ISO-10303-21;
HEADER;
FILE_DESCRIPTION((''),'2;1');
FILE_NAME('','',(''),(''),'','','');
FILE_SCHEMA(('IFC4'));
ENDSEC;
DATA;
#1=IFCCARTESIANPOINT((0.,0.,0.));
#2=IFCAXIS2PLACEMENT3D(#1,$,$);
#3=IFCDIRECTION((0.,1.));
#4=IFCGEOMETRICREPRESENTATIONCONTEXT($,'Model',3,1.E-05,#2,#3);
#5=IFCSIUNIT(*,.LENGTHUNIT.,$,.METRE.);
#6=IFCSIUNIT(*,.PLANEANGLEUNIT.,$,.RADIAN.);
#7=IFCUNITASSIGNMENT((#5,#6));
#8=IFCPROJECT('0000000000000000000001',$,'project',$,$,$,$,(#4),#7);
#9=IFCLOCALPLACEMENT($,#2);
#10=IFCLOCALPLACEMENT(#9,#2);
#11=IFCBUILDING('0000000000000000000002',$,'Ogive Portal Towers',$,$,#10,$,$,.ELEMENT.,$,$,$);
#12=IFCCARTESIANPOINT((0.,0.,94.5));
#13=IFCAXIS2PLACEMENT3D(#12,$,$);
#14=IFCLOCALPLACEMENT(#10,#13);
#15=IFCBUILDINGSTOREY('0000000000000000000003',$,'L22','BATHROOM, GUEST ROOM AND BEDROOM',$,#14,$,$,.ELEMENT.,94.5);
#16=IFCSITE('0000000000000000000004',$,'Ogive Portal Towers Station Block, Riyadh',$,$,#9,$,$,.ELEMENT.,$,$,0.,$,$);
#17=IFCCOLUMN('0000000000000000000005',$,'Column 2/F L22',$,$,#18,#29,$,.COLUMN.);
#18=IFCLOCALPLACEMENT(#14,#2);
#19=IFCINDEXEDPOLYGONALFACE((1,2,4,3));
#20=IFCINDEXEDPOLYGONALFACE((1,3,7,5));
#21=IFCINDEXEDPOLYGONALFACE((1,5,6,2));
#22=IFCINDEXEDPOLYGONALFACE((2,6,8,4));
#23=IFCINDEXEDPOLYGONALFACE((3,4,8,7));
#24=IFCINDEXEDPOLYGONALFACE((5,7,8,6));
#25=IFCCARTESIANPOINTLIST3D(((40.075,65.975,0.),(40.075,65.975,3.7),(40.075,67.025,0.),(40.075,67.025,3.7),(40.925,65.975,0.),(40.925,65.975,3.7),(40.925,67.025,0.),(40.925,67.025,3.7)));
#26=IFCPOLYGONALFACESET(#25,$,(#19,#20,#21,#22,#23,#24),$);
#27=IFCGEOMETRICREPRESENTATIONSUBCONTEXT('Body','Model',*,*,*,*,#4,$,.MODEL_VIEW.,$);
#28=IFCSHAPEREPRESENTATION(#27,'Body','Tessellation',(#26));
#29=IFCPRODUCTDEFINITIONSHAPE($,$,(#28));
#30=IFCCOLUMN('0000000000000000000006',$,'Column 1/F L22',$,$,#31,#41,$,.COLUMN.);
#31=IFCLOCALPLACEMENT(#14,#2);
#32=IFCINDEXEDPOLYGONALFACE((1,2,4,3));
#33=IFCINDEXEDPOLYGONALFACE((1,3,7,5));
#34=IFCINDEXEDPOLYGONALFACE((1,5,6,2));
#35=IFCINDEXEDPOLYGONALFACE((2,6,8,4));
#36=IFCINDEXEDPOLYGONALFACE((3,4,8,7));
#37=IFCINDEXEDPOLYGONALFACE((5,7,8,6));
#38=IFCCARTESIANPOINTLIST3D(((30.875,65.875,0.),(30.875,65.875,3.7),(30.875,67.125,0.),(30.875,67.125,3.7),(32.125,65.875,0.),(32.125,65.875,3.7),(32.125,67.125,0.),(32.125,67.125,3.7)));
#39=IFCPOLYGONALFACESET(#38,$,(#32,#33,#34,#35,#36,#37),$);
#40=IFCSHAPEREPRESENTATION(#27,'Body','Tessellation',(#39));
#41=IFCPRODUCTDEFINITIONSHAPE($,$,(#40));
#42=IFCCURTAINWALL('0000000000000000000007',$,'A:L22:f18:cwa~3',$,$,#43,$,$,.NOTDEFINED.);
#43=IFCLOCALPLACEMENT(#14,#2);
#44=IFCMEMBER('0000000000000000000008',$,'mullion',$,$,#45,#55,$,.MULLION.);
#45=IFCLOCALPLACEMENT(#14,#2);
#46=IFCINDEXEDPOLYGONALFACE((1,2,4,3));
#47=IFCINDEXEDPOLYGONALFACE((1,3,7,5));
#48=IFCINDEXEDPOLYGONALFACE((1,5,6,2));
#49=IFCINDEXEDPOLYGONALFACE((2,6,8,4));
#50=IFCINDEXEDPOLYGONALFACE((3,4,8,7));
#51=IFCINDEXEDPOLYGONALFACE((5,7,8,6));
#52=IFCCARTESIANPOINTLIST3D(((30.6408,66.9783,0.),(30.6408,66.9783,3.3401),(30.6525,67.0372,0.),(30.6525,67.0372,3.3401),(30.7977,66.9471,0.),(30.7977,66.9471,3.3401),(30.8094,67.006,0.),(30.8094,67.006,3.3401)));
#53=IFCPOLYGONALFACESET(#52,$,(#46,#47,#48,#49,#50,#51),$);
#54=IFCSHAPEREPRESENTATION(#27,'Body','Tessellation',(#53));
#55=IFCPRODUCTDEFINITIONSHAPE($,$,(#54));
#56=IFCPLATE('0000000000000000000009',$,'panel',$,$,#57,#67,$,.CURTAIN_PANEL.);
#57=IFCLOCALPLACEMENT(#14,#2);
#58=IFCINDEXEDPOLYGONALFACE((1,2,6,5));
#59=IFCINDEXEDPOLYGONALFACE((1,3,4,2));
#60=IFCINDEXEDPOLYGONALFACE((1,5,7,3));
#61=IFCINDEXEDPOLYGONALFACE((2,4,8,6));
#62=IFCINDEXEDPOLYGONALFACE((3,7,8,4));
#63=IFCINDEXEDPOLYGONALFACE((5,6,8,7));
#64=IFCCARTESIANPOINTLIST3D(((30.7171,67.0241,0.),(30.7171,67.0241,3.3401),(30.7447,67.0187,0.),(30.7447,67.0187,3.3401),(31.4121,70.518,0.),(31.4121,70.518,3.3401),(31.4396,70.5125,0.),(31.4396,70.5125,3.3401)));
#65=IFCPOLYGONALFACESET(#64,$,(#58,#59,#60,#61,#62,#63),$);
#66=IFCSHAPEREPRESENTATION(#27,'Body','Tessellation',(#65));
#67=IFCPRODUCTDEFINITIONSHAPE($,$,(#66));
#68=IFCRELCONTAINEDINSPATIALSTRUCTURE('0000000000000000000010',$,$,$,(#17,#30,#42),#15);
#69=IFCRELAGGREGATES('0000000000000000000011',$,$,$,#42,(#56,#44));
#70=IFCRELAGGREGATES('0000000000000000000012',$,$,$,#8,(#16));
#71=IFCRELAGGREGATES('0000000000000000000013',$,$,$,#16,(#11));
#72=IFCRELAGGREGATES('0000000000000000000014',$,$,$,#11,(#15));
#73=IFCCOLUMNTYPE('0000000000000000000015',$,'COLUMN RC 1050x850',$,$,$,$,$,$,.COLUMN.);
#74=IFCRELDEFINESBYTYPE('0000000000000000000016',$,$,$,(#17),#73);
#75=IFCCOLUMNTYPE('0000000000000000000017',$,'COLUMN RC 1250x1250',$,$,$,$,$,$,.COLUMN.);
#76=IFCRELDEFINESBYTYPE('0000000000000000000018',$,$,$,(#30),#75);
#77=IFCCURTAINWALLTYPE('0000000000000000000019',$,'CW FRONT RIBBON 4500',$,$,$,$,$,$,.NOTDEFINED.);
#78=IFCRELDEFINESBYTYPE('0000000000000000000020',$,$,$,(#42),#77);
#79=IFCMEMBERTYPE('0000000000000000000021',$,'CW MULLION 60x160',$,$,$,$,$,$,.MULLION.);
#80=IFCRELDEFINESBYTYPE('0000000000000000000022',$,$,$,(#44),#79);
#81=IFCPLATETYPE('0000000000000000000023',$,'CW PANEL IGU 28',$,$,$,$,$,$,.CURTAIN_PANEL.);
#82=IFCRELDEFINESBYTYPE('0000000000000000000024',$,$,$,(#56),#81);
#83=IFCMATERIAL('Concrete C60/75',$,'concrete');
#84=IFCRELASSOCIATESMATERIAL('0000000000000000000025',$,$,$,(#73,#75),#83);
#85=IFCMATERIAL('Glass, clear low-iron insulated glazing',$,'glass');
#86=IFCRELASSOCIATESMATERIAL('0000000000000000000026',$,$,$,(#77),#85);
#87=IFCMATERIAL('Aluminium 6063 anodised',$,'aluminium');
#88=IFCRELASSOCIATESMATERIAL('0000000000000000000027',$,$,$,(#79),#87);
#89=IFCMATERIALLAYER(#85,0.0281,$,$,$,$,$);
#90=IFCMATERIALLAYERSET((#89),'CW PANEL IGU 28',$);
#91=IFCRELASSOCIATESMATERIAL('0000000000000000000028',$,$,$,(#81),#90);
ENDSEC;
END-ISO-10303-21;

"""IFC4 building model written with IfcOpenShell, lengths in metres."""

from ifc_helpers import new_model, si_unit, direction, frame, origin, origin_2d, place, context, subcontext, project, spatial, rectangle, extrude, material, layer, layer_set, material_profile, profile_set, type_object, element, aggregate, save


model = new_model("IFC4")

# Units and contexts
model_context = context("Model", 3, precision=1e-05, world=origin(), true_north=direction((0.0, 1.0)))
body_context = subcontext(model_context, "Body", "Model", "MODEL_VIEW")
ifc_project = project(units=[si_unit("LENGTHUNIT", "METRE"), si_unit("PLANEANGLEUNIT", "RADIAN")], contexts=[model_context])

# Site, building, storey
site_placement = place(None, origin())
site = spatial("IfcSite", under=ifc_project, at=site_placement, Name="Ogive Portal Towers Station Block, Riyadh", CompositionType="ELEMENT", RefElevation=0.0)
building_placement = place(site_placement, origin())
building = spatial("IfcBuilding", under=site, at=building_placement, Name="Ogive Portal Towers", CompositionType="ELEMENT")
storey_placement = place(building_placement, frame((0.0, 0.0, 94.5)))
storey = spatial("IfcBuildingStorey", under=building, at=storey_placement, Name="L22", Description="BATHROOM, GUEST ROOM AND BEDROOM", CompositionType="ELEMENT", Elevation=94.5)

# Columns
ifc_material_1 = material(Name="Concrete C60/75", Category="concrete")
ifc_material_profile_1 = material_profile(ifc_material_1, rectangle(XDim=1.05, YDim=0.8501, at=origin_2d()), Name="RC 1050x850")
ifc_profile_set_1 = profile_set([ifc_material_profile_1], Name="Concrete C60/75")
column_type_1 = type_object("IfcColumnType", Name="COLUMN RC 1050x850", PredefinedType="COLUMN", material=ifc_profile_set_1)
column_1_placement = place(storey_placement, frame((40.5, 66.5, 0.0), z_axis=(0.0, 0.0, 1.0), x_axis=(0.0, 1.0, 0.0)))
element("IfcColumn", 1, at=column_1_placement, inside=storey, type_object=column_type_1, Name="Column 2/F L22", PredefinedType="COLUMN", context=body_context, shape_type="SweptSolid", body=[
    extrude(rectangle(XDim=1.05, YDim=0.8501, at=origin_2d()), origin(), (0.0, 0.0, 1.0), 3.7),
])
ifc_material_profile_2 = material_profile(ifc_material_1, rectangle(XDim=1.25, YDim=1.25, at=origin_2d()), Name="RC 1250x1250")
ifc_profile_set_2 = profile_set([ifc_material_profile_2], Name="Concrete C60/75")
column_type_2 = type_object("IfcColumnType", Name="COLUMN RC 1250x1250", PredefinedType="COLUMN", material=ifc_profile_set_2)
column_2_placement = place(storey_placement, frame((31.5, 66.5, 0.0), z_axis=(0.0, 0.0, 1.0), x_axis=(1.0, 0.0, 0.0)))
element("IfcColumn", 2, at=column_2_placement, inside=storey, type_object=column_type_2, Name="Column 1/F L22", PredefinedType="COLUMN", context=body_context, shape_type="SweptSolid", body=[
    extrude(rectangle(XDim=1.25, YDim=1.25, at=origin_2d()), origin(), (0.0, 0.0, 1.0), 3.7),
])

# Curtain wall, member, plate
ifc_material_2 = material(Name="Glass, clear low-iron insulated glazing", Category="glass")
curtain_wall_type = type_object("IfcCurtainWallType", Name="CW FRONT RIBBON 4500", PredefinedType="NOTDEFINED", material=ifc_material_2)
curtain_wall_placement = place(storey_placement, origin())
curtain_wall = element("IfcCurtainWall", 3, at=curtain_wall_placement, inside=storey, type_object=curtain_wall_type, Name="A:L22:f18:cwa~3", PredefinedType="NOTDEFINED")
ifc_material_3 = material(Name="Aluminium 6063 anodised", Category="aluminium")
ifc_material_profile_3 = material_profile(ifc_material_3, rectangle(XDim=0.1599, YDim=0.0601, at=origin_2d()), Name="AL 60x160")
ifc_profile_set_3 = profile_set([ifc_material_profile_3], Name="Aluminium 6063 anodised")
member_type = type_object("IfcMemberType", Name="CW MULLION 60x160", PredefinedType="MULLION", material=ifc_profile_set_3)
member_placement = place(storey_placement, frame((30.7251, 66.9922, 0.0), z_axis=(0.0, 0.0, 1.0), x_axis=(0.980785, -0.19509, 0.0)))
member = element("IfcMember", 4, at=member_placement, type_object=member_type, Name="mullion", PredefinedType="MULLION", context=body_context, shape_type="SweptSolid", body=[
    extrude(rectangle(XDim=0.1599, YDim=0.0601, at=origin_2d()), origin(), (0.0, 0.0, 1.0), 3.3401),
])
ifc_layer_1 = layer(ifc_material_2, 0.0281)
ifc_layer_set_1 = layer_set([ifc_layer_1], Name="CW PANEL IGU 28")
plate_type = type_object("IfcPlateType", Name="CW PANEL IGU 28", PredefinedType="CURTAIN_PANEL", material=ifc_layer_set_1)
plate_placement = place(storey_placement, frame((31.0784, 68.7683, 0.0), z_axis=(0.0, 0.0, 1.0), x_axis=(-0.19509, -0.980785, 0.0)))
plate = element("IfcPlate", 5, at=plate_placement, type_object=plate_type, Name="panel", PredefinedType="CURTAIN_PANEL", context=body_context, shape_type="SweptSolid", body=[
    extrude(rectangle(XDim=3.5623, YDim=0.0281, at=origin_2d()), origin(), (0.0, 0.0, 1.0), 3.3401),
])
aggregate(curtain_wall, [plate, member])

save(model, "model.ifc")
